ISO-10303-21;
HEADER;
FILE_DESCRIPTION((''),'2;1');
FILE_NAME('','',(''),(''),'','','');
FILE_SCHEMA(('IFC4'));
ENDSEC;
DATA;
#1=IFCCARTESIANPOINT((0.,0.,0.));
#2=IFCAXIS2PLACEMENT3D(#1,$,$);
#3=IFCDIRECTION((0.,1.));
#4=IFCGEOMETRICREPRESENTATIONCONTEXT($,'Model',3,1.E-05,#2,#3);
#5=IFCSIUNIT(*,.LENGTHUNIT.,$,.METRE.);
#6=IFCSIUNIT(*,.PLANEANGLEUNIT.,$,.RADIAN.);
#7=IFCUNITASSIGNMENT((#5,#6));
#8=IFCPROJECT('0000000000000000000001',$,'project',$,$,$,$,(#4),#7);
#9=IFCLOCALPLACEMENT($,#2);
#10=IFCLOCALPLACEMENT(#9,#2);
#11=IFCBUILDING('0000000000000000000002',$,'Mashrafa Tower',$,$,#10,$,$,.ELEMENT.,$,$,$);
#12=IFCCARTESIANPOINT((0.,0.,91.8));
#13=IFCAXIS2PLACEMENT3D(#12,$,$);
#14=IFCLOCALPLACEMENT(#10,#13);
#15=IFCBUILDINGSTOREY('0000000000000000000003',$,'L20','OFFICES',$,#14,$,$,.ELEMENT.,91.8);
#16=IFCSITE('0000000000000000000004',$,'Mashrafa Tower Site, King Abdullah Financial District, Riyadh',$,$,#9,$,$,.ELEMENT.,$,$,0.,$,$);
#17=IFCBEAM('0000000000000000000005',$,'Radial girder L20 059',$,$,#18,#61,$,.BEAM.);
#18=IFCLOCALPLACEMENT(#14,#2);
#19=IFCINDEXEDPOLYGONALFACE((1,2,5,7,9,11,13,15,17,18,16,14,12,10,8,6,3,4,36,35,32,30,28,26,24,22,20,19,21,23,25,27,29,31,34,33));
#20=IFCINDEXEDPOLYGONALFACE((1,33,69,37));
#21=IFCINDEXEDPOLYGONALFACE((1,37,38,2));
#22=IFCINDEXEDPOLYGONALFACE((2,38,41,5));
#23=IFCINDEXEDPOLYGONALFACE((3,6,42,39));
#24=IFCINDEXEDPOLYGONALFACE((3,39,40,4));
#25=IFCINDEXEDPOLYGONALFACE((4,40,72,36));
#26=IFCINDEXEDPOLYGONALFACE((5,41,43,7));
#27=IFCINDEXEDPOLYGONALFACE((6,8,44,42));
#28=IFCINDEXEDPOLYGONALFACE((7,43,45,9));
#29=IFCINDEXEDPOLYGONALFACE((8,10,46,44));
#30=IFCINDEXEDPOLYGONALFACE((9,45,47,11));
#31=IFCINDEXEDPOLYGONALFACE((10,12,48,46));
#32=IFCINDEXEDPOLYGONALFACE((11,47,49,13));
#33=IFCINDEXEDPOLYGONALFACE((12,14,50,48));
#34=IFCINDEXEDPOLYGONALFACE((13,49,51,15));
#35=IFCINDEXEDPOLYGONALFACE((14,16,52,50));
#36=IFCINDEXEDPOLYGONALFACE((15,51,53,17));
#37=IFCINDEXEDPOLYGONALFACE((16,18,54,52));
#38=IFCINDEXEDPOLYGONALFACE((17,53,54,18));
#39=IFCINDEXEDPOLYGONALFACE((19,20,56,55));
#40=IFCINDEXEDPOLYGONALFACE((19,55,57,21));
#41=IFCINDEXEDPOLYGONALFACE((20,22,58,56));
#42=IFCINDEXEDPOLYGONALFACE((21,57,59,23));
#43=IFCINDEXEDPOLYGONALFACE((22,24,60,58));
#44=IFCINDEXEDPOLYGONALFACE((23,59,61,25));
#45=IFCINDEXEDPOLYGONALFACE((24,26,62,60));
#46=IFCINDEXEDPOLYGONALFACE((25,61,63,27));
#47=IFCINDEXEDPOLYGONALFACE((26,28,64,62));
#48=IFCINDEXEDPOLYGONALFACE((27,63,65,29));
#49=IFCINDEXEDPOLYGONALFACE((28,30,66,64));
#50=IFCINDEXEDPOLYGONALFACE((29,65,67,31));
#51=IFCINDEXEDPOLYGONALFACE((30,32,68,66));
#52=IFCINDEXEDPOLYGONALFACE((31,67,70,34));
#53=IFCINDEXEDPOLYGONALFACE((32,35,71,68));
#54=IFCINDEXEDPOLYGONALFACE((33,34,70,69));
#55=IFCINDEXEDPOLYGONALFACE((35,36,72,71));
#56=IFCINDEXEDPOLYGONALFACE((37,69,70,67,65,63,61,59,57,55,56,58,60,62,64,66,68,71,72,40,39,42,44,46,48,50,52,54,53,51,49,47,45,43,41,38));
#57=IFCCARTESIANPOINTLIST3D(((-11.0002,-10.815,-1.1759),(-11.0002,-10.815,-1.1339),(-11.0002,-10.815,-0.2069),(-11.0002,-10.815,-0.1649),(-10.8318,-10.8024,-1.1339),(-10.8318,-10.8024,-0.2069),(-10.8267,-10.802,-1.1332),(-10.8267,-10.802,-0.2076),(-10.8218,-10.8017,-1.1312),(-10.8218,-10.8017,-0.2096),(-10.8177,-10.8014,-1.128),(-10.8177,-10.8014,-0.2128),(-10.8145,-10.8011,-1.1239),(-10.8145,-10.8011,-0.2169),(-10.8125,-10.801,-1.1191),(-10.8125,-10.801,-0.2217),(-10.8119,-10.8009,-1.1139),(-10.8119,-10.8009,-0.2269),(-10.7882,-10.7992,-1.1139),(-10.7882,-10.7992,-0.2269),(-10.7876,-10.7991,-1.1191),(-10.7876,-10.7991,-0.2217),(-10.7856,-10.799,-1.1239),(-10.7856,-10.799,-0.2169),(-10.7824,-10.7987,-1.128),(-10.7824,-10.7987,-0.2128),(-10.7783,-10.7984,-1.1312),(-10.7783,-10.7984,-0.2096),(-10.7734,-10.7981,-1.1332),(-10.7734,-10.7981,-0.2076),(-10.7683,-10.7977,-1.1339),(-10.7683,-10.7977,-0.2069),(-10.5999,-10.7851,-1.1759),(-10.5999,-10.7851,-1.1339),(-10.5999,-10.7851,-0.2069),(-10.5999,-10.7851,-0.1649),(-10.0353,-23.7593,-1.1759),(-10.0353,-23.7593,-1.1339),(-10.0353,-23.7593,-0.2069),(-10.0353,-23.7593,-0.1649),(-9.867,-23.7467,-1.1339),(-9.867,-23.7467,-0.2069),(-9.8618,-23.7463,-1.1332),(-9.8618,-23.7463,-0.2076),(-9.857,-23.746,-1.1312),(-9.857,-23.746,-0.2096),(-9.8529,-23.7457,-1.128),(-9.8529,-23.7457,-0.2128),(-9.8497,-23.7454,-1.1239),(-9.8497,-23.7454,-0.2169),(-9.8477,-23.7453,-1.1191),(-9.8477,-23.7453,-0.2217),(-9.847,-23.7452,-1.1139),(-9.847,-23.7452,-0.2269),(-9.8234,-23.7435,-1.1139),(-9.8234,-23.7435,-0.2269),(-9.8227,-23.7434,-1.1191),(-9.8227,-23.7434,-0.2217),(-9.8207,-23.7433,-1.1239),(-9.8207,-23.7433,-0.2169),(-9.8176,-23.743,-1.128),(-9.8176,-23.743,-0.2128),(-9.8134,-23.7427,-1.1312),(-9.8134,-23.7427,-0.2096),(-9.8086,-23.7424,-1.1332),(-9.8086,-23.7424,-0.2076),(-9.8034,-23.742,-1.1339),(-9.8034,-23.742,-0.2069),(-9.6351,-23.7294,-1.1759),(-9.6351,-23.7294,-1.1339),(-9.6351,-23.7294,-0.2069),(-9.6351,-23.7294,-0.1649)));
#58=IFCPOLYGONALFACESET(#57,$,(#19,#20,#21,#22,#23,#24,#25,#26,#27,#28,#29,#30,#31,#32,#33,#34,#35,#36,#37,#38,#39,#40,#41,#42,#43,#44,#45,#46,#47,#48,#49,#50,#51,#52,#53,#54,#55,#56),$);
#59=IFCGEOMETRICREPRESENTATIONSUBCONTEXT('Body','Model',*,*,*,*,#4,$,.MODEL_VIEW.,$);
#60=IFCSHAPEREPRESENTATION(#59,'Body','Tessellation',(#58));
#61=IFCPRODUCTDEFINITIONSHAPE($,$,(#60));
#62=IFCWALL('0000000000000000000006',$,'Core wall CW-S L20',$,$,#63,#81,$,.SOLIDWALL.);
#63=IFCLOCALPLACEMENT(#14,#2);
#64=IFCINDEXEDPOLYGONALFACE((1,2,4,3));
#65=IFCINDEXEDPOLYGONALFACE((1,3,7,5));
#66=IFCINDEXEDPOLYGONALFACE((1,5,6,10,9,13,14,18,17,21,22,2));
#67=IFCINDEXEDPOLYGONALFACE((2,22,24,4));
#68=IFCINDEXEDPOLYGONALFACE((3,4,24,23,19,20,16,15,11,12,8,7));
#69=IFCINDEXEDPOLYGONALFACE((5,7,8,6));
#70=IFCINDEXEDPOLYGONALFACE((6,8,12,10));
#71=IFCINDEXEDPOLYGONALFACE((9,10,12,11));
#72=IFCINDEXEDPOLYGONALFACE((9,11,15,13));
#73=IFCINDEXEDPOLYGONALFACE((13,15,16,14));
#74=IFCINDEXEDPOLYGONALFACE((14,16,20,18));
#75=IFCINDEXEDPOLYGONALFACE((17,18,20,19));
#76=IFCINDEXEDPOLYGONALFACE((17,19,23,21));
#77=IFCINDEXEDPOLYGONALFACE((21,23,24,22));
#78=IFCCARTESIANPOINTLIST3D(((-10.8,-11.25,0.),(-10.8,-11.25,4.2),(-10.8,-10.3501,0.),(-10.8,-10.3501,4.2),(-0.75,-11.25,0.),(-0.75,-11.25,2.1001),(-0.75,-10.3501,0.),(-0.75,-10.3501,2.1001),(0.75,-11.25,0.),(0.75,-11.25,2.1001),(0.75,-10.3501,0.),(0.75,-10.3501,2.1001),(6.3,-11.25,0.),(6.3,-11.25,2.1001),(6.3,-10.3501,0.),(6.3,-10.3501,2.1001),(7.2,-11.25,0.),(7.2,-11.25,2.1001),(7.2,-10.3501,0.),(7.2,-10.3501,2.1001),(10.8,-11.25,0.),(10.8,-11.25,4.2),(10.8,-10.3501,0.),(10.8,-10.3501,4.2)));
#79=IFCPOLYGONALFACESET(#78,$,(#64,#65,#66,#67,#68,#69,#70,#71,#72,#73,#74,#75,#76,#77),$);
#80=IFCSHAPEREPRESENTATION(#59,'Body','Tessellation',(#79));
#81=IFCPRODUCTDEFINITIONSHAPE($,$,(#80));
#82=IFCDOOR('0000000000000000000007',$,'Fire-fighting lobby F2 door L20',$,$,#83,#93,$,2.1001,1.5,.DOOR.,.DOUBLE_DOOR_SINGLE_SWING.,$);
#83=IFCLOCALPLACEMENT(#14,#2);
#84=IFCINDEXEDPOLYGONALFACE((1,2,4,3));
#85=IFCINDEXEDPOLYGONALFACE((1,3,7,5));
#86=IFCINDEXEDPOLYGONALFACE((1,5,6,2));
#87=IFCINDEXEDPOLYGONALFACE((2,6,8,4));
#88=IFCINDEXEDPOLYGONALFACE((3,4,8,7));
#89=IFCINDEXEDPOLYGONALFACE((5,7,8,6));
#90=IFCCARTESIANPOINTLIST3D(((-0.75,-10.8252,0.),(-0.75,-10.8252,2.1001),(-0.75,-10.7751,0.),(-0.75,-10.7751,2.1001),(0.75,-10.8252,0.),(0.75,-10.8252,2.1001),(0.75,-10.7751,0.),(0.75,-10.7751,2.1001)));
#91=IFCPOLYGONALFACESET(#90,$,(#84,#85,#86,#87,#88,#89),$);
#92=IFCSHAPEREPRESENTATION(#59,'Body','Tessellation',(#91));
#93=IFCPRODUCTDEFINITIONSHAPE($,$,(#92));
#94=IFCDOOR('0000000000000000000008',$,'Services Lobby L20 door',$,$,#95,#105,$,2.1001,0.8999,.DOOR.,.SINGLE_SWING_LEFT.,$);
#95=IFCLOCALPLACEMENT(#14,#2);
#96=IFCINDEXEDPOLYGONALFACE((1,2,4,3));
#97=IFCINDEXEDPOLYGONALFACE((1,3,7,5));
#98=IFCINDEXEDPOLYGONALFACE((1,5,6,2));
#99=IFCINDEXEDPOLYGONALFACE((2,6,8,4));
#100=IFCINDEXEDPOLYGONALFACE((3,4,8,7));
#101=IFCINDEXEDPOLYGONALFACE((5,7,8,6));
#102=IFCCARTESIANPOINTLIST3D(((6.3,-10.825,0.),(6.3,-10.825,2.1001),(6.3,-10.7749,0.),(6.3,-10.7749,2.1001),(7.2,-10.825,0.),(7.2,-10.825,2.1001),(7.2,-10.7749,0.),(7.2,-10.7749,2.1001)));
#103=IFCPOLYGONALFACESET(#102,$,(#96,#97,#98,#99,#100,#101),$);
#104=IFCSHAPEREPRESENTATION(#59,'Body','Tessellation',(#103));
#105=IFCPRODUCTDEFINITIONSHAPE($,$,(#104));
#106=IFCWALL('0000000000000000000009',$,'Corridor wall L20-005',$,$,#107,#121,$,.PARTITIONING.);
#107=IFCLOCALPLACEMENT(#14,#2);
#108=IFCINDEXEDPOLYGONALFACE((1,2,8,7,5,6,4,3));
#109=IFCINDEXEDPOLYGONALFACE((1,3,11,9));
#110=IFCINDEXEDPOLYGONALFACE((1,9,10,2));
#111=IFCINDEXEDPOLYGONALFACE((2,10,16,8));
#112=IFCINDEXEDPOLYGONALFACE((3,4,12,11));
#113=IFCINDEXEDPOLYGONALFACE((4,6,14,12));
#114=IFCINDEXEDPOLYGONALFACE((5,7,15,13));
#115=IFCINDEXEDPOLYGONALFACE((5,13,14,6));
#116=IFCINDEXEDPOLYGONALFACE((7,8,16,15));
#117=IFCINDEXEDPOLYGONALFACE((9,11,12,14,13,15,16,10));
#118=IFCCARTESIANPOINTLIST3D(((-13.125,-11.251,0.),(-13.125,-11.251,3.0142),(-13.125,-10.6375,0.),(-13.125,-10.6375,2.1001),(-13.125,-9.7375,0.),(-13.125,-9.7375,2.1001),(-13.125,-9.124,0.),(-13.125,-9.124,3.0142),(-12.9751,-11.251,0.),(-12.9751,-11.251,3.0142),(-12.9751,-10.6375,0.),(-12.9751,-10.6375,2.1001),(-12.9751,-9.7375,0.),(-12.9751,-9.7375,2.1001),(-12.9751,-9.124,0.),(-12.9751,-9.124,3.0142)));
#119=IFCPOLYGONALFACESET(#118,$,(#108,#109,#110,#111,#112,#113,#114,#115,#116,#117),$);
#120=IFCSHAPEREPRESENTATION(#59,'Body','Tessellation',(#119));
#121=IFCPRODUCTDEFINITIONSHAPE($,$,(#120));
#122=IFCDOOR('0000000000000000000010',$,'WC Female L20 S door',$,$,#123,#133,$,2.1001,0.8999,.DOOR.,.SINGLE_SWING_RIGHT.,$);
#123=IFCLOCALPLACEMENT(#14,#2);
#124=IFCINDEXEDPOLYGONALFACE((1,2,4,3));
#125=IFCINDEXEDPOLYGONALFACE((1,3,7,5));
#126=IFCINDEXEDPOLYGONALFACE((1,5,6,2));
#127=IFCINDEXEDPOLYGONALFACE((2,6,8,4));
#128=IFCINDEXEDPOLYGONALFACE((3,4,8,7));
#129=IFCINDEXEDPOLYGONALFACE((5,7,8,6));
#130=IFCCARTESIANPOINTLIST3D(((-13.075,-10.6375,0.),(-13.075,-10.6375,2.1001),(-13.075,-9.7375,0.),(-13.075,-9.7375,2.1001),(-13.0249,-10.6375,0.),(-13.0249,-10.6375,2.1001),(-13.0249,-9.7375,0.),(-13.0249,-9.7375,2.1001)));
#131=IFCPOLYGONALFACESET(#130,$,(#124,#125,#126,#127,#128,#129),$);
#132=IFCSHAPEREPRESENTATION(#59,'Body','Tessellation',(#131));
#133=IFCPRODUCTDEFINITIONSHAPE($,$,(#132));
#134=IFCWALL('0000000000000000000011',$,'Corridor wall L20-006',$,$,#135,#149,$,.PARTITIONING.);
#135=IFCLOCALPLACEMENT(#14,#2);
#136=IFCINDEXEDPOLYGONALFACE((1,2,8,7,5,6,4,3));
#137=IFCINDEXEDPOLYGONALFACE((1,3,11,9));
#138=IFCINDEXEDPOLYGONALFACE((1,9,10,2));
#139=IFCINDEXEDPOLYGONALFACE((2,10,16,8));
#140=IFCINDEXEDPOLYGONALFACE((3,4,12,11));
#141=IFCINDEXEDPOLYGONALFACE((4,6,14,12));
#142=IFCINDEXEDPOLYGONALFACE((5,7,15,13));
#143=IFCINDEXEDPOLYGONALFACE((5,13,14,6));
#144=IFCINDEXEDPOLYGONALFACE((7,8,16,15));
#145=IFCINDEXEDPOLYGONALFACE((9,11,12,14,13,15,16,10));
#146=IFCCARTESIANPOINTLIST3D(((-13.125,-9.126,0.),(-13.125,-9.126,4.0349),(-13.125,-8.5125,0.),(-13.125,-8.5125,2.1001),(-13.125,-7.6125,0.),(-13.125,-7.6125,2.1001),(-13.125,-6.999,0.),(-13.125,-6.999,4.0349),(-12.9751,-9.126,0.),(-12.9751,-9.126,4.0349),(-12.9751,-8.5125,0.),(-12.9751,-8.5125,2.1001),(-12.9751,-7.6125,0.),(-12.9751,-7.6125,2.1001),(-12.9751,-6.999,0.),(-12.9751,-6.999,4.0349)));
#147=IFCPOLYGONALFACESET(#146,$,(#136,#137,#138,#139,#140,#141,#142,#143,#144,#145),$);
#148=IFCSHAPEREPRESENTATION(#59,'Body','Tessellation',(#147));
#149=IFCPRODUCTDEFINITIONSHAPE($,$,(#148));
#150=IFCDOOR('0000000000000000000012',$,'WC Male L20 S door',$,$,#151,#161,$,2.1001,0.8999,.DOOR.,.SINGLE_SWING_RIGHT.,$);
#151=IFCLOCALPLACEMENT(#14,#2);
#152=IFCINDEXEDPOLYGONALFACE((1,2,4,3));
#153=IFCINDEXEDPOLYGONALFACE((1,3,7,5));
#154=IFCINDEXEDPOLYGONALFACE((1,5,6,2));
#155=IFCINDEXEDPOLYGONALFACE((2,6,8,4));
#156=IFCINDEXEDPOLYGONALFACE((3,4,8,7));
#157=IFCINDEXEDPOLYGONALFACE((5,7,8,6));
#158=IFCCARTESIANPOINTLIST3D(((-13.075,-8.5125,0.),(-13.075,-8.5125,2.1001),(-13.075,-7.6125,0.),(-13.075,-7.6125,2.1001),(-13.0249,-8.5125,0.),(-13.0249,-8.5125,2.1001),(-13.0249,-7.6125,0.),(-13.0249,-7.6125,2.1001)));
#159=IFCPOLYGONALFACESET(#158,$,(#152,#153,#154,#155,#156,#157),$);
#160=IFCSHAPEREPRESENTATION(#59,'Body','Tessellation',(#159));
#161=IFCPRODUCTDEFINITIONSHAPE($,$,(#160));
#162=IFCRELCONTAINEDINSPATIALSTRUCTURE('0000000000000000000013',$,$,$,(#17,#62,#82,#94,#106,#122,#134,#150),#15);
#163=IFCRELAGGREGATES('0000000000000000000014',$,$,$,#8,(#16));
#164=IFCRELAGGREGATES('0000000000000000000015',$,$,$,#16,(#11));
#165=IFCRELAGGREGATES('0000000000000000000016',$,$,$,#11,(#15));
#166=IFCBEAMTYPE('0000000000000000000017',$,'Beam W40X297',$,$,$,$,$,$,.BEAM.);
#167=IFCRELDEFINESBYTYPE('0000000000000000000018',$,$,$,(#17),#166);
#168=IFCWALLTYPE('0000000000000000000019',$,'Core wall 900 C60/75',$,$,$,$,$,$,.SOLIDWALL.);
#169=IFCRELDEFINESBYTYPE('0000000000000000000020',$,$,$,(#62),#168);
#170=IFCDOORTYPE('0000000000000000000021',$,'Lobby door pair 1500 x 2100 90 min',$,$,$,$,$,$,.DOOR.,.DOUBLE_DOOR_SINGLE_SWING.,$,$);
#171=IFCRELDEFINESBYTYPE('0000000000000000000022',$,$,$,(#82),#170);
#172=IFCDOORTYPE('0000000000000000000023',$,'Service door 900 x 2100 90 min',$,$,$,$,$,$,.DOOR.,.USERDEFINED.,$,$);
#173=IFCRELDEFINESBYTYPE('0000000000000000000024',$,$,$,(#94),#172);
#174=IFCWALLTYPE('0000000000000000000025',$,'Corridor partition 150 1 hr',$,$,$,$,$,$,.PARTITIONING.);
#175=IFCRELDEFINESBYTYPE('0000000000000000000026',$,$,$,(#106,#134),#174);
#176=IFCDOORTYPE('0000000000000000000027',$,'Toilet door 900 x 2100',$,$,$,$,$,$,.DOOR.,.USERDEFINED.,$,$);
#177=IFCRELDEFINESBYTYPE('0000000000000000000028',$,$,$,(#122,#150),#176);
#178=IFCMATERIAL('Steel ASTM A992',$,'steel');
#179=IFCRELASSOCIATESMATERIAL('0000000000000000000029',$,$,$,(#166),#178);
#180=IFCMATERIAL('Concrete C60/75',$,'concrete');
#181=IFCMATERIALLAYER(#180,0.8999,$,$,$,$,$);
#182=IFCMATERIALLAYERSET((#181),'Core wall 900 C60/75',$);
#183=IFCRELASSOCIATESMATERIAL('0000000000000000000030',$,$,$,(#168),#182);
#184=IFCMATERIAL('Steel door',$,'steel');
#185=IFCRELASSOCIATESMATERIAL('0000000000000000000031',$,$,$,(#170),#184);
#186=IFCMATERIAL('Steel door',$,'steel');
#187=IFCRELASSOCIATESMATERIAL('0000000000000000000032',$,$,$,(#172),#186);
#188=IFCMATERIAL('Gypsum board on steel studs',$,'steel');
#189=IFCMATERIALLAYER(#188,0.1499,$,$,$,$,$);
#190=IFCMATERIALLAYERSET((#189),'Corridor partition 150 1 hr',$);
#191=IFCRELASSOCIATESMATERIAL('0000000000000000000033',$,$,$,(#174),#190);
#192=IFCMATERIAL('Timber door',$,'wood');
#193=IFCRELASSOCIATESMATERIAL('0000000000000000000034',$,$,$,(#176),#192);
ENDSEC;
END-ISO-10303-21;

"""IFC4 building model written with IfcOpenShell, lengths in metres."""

from ifc_helpers import new_model, si_unit, direction, frame, frame_2d, origin, origin_2d, place, context, subcontext, project, spatial, rectangle, i_section, extrude, material, layer, layer_set, material_profile, profile_set, type_object, element, fill, save


model = new_model("IFC4")

# Units and contexts
model_context = context("Model", 3, precision=1e-05, world=origin(), true_north=direction((0.0, 1.0)))
body_context = subcontext(model_context, "Body", "Model", "MODEL_VIEW")
ifc_project = project(units=[si_unit("LENGTHUNIT", "METRE"), si_unit("PLANEANGLEUNIT", "RADIAN")], contexts=[model_context])

# Site, building, storey
site_placement = place(None, origin())
site = spatial("IfcSite", under=ifc_project, at=site_placement, Name="Mashrafa Tower Site, King Abdullah Financial District, Riyadh", CompositionType="ELEMENT", RefElevation=0.0)
building_placement = place(site_placement, origin())
building = spatial("IfcBuilding", under=site, at=building_placement, Name="Mashrafa Tower", CompositionType="ELEMENT")
storey_placement = place(building_placement, frame((0.0, 0.0, 91.8)))
storey = spatial("IfcBuildingStorey", under=building, at=storey_placement, Name="L20", Description="OFFICES", CompositionType="ELEMENT", Elevation=91.8)

# Beam
ifc_material_1 = material(Name="Steel ASTM A992", Category="steel")
ifc_material_profile_1 = material_profile(ifc_material_1, i_section(OverallWidth=0.4014, OverallDepth=1.011, WebThickness=0.0237, FlangeThickness=0.042, FilletRadius=0.02, at=origin_2d()), Name="W40X297")
ifc_profile_set_1 = profile_set([ifc_material_profile_1], Name="Steel ASTM A992")
beam_type_1 = type_object("IfcBeamType", Name="Beam W40X297", PredefinedType="BEAM", material=ifc_profile_set_1)
for number, where, z_axis, x_axis, name in (
    (1, (-10.8, -10.8, -0.6704), (0.074332, -0.997234, 0.0), (0.997234, 0.074332, 0.0), "Radial girder L20 059"),
):
    element("IfcBeam", number, at=place(storey_placement, frame(where, z_axis=z_axis, x_axis=x_axis)), inside=storey, type_object=beam_type_1, Name=name, PredefinedType="BEAM", context=body_context, shape_type="SweptSolid", body=[
        extrude(i_section(OverallWidth=0.4014, OverallDepth=1.011, WebThickness=0.0237, FlangeThickness=0.042, FilletRadius=0.02, at=origin_2d()), origin(), (0.0, 0.0, 1.0), 12.9802),
    ])

# Wall, openings, doors
ifc_material_2 = material(Name="Concrete C60/75", Category="concrete")
ifc_layer_1 = layer(ifc_material_2, 0.8999)
ifc_layer_set_1 = layer_set([ifc_layer_1], Name="Core wall 900 C60/75")
wall_type_1 = type_object("IfcWallType", Name="Core wall 900 C60/75", PredefinedType="SOLIDWALL", material=ifc_layer_set_1)
wall_1_placement = place(storey_placement, frame((-10.8, -10.8, 0.0), z_axis=(0.0, 0.0, 1.0), x_axis=(1.0, 0.0, 0.0)))
wall_1 = element("IfcWall", 2, at=wall_1_placement, inside=storey, type_object=wall_type_1, Name="Core wall CW-S L20", PredefinedType="SOLIDWALL", context=body_context, shape_type="SweptSolid", body=[
    extrude(rectangle(XDim=21.6001, YDim=0.8999, at=frame_2d((10.8, 0.0))), origin(), (0.0, 0.0, 1.0), 4.2),
])
opening_1_placement = place(wall_1_placement, frame((10.05, 0.0, 0.0)))
opening_1 = element("IfcOpeningElement", 3, at=opening_1_placement, cuts=wall_1, PredefinedType="OPENING", context=body_context, shape_type="SweptSolid", body=[
    extrude(rectangle(XDim=1.5, YDim=2.1001, at=frame_2d((0.75, 1.05))), frame((0.0, 0.46, 0.0), z_axis=(0.0, -1.0, 0.0), x_axis=(1.0, 0.0, 0.0)), (0.0, 0.0, 1.0), 0.9199),
])
opening_2_placement = place(wall_1_placement, frame((17.1001, 0.0, 0.0)))
opening_2 = element("IfcOpeningElement", 4, at=opening_2_placement, cuts=wall_1, PredefinedType="OPENING", context=body_context, shape_type="SweptSolid", body=[
    extrude(rectangle(XDim=0.8999, YDim=2.1001, at=frame_2d((0.45, 1.05))), frame((0.0, 0.46, 0.0), z_axis=(0.0, -1.0, 0.0), x_axis=(1.0, 0.0, 0.0)), (0.0, 0.0, 1.0), 0.9199),
])
ifc_material_3 = material(Name="Steel door", Category="steel")
door_type_1 = type_object("IfcDoorType", Name="Lobby door pair 1500 x 2100 90 min", OperationType="DOUBLE_DOOR_SINGLE_SWING", PredefinedType="DOOR", material=ifc_material_3)
door_1_placement = place(opening_1_placement, origin())
door_1 = element("IfcDoor", 5, at=door_1_placement, inside=storey, type_object=door_type_1, Name="Fire-fighting lobby F2 door L20", OperationType="DOUBLE_DOOR_SINGLE_SWING", OverallHeight=2.1001, OverallWidth=1.5, PredefinedType="DOOR", context=body_context, shape_type="SweptSolid", body=[
    extrude(rectangle(XDim=1.5, YDim=2.1001, at=frame_2d((0.75, 1.05))), frame((0.0, 0.0249, 0.0), z_axis=(0.0, -1.0, 0.0), x_axis=(1.0, 0.0, 0.0)), (0.0, 0.0, 1.0), 0.05),
])
fill(opening_1, door_1)
ifc_material_4 = material(Name="Steel door", Category="steel")
door_type_2 = type_object("IfcDoorType", Name="Service door 900 x 2100 90 min", OperationType="USERDEFINED", PredefinedType="DOOR", material=ifc_material_4)
door_2_placement = place(opening_2_placement, frame((0.8999, 0.0, 0.0), z_axis=(0.0, 0.0, 1.0), x_axis=(-1.0, 0.0, 0.0)))
door_2 = element("IfcDoor", 6, at=door_2_placement, inside=storey, type_object=door_type_2, Name="Services Lobby L20 door", OperationType="SINGLE_SWING_LEFT", OverallHeight=2.1001, OverallWidth=0.8999, PredefinedType="DOOR", context=body_context, shape_type="SweptSolid", body=[
    extrude(rectangle(XDim=0.8999, YDim=2.1001, at=frame_2d((0.45, 1.05))), frame((0.0, 0.0249, 0.0), z_axis=(0.0, -1.0, 0.0), x_axis=(1.0, 0.0, 0.0)), (0.0, 0.0, 1.0), 0.05),
])
fill(opening_2, door_2)

# Walls, openings, doors
ifc_material_5 = material(Name="Gypsum board on steel studs", Category="steel")
ifc_layer_2 = layer(ifc_material_5, 0.1499)
ifc_layer_set_2 = layer_set([ifc_layer_2], Name="Corridor partition 150 1 hr")
wall_type_2 = type_object("IfcWallType", Name="Corridor partition 150 1 hr", PredefinedType="PARTITIONING", material=ifc_layer_set_2)
wall_2_placement = place(storey_placement, frame((-13.05, -9.124, 0.0), z_axis=(0.0, 0.0, 1.0), x_axis=(0.0, -1.0, 0.0)))
wall_2 = element("IfcWall", 7, at=wall_2_placement, inside=storey, type_object=wall_type_2, Name="Corridor wall L20-005", PredefinedType="PARTITIONING", context=body_context, shape_type="SweptSolid", body=[
    extrude(rectangle(XDim=2.127, YDim=0.1499, at=frame_2d((1.0635, 0.0))), origin(), (0.0, 0.0, 1.0), 3.0142),
])
opening_3_placement = place(wall_2_placement, frame((0.6135, 0.0, 0.0)))
opening_3 = element("IfcOpeningElement", 8, at=opening_3_placement, cuts=wall_2, PredefinedType="OPENING", context=body_context, shape_type="SweptSolid", body=[
    extrude(rectangle(XDim=0.8999, YDim=2.1001, at=frame_2d((0.45, 1.05))), frame((0.0, 0.085, 0.0), z_axis=(0.0, -1.0, 0.0), x_axis=(1.0, 0.0, 0.0)), (0.0, 0.0, 1.0), 0.1699),
])
ifc_material_6 = material(Name="Timber door", Category="wood")
door_type_3 = type_object("IfcDoorType", Name="Toilet door 900 x 2100", OperationType="USERDEFINED", PredefinedType="DOOR", material=ifc_material_6)
door_3_placement = place(opening_3_placement, frame((0.8999, 0.0, 0.0), z_axis=(0.0, 0.0, 1.0), x_axis=(-1.0, 0.0, 0.0)))
door_3 = element("IfcDoor", 9, at=door_3_placement, inside=storey, type_object=door_type_3, Name="WC Female L20 S door", OperationType="SINGLE_SWING_RIGHT", OverallHeight=2.1001, OverallWidth=0.8999, PredefinedType="DOOR", context=body_context, shape_type="SweptSolid", body=[
    extrude(rectangle(XDim=0.8999, YDim=2.1001, at=frame_2d((0.45, 1.05))), frame((0.0, 0.0249, 0.0), z_axis=(0.0, -1.0, 0.0), x_axis=(1.0, 0.0, 0.0)), (0.0, 0.0, 1.0), 0.05),
])
fill(opening_3, door_3)
wall_3_placement = place(storey_placement, frame((-13.05, -6.999, 0.0), z_axis=(0.0, 0.0, 1.0), x_axis=(0.0, -1.0, 0.0)))
wall_3 = element("IfcWall", 10, at=wall_3_placement, inside=storey, type_object=wall_type_2, Name="Corridor wall L20-006", PredefinedType="PARTITIONING", context=body_context, shape_type="SweptSolid", body=[
    extrude(rectangle(XDim=2.127, YDim=0.1499, at=frame_2d((1.0635, 0.0))), origin(), (0.0, 0.0, 1.0), 4.0349),
])
opening_4_placement = place(wall_3_placement, frame((0.6135, 0.0, 0.0)))
opening_4 = element("IfcOpeningElement", 11, at=opening_4_placement, cuts=wall_3, PredefinedType="OPENING", context=body_context, shape_type="SweptSolid", body=[
    extrude(rectangle(XDim=0.8999, YDim=2.1001, at=frame_2d((0.45, 1.05))), frame((0.0, 0.085, 0.0), z_axis=(0.0, -1.0, 0.0), x_axis=(1.0, 0.0, 0.0)), (0.0, 0.0, 1.0), 0.1699),
])
door_4_placement = place(opening_4_placement, frame((0.8999, 0.0, 0.0), z_axis=(0.0, 0.0, 1.0), x_axis=(-1.0, 0.0, 0.0)))
door_4 = element("IfcDoor", 12, at=door_4_placement, inside=storey, type_object=door_type_3, Name="WC Male L20 S door", OperationType="SINGLE_SWING_RIGHT", OverallHeight=2.1001, OverallWidth=0.8999, PredefinedType="DOOR", context=body_context, shape_type="SweptSolid", body=[
    extrude(rectangle(XDim=0.8999, YDim=2.1001, at=frame_2d((0.45, 1.05))), frame((0.0, 0.0249, 0.0), z_axis=(0.0, -1.0, 0.0), x_axis=(1.0, 0.0, 0.0)), (0.0, 0.0, 1.0), 0.05),
])
fill(opening_4, door_4)

save(model, "model.ifc")
